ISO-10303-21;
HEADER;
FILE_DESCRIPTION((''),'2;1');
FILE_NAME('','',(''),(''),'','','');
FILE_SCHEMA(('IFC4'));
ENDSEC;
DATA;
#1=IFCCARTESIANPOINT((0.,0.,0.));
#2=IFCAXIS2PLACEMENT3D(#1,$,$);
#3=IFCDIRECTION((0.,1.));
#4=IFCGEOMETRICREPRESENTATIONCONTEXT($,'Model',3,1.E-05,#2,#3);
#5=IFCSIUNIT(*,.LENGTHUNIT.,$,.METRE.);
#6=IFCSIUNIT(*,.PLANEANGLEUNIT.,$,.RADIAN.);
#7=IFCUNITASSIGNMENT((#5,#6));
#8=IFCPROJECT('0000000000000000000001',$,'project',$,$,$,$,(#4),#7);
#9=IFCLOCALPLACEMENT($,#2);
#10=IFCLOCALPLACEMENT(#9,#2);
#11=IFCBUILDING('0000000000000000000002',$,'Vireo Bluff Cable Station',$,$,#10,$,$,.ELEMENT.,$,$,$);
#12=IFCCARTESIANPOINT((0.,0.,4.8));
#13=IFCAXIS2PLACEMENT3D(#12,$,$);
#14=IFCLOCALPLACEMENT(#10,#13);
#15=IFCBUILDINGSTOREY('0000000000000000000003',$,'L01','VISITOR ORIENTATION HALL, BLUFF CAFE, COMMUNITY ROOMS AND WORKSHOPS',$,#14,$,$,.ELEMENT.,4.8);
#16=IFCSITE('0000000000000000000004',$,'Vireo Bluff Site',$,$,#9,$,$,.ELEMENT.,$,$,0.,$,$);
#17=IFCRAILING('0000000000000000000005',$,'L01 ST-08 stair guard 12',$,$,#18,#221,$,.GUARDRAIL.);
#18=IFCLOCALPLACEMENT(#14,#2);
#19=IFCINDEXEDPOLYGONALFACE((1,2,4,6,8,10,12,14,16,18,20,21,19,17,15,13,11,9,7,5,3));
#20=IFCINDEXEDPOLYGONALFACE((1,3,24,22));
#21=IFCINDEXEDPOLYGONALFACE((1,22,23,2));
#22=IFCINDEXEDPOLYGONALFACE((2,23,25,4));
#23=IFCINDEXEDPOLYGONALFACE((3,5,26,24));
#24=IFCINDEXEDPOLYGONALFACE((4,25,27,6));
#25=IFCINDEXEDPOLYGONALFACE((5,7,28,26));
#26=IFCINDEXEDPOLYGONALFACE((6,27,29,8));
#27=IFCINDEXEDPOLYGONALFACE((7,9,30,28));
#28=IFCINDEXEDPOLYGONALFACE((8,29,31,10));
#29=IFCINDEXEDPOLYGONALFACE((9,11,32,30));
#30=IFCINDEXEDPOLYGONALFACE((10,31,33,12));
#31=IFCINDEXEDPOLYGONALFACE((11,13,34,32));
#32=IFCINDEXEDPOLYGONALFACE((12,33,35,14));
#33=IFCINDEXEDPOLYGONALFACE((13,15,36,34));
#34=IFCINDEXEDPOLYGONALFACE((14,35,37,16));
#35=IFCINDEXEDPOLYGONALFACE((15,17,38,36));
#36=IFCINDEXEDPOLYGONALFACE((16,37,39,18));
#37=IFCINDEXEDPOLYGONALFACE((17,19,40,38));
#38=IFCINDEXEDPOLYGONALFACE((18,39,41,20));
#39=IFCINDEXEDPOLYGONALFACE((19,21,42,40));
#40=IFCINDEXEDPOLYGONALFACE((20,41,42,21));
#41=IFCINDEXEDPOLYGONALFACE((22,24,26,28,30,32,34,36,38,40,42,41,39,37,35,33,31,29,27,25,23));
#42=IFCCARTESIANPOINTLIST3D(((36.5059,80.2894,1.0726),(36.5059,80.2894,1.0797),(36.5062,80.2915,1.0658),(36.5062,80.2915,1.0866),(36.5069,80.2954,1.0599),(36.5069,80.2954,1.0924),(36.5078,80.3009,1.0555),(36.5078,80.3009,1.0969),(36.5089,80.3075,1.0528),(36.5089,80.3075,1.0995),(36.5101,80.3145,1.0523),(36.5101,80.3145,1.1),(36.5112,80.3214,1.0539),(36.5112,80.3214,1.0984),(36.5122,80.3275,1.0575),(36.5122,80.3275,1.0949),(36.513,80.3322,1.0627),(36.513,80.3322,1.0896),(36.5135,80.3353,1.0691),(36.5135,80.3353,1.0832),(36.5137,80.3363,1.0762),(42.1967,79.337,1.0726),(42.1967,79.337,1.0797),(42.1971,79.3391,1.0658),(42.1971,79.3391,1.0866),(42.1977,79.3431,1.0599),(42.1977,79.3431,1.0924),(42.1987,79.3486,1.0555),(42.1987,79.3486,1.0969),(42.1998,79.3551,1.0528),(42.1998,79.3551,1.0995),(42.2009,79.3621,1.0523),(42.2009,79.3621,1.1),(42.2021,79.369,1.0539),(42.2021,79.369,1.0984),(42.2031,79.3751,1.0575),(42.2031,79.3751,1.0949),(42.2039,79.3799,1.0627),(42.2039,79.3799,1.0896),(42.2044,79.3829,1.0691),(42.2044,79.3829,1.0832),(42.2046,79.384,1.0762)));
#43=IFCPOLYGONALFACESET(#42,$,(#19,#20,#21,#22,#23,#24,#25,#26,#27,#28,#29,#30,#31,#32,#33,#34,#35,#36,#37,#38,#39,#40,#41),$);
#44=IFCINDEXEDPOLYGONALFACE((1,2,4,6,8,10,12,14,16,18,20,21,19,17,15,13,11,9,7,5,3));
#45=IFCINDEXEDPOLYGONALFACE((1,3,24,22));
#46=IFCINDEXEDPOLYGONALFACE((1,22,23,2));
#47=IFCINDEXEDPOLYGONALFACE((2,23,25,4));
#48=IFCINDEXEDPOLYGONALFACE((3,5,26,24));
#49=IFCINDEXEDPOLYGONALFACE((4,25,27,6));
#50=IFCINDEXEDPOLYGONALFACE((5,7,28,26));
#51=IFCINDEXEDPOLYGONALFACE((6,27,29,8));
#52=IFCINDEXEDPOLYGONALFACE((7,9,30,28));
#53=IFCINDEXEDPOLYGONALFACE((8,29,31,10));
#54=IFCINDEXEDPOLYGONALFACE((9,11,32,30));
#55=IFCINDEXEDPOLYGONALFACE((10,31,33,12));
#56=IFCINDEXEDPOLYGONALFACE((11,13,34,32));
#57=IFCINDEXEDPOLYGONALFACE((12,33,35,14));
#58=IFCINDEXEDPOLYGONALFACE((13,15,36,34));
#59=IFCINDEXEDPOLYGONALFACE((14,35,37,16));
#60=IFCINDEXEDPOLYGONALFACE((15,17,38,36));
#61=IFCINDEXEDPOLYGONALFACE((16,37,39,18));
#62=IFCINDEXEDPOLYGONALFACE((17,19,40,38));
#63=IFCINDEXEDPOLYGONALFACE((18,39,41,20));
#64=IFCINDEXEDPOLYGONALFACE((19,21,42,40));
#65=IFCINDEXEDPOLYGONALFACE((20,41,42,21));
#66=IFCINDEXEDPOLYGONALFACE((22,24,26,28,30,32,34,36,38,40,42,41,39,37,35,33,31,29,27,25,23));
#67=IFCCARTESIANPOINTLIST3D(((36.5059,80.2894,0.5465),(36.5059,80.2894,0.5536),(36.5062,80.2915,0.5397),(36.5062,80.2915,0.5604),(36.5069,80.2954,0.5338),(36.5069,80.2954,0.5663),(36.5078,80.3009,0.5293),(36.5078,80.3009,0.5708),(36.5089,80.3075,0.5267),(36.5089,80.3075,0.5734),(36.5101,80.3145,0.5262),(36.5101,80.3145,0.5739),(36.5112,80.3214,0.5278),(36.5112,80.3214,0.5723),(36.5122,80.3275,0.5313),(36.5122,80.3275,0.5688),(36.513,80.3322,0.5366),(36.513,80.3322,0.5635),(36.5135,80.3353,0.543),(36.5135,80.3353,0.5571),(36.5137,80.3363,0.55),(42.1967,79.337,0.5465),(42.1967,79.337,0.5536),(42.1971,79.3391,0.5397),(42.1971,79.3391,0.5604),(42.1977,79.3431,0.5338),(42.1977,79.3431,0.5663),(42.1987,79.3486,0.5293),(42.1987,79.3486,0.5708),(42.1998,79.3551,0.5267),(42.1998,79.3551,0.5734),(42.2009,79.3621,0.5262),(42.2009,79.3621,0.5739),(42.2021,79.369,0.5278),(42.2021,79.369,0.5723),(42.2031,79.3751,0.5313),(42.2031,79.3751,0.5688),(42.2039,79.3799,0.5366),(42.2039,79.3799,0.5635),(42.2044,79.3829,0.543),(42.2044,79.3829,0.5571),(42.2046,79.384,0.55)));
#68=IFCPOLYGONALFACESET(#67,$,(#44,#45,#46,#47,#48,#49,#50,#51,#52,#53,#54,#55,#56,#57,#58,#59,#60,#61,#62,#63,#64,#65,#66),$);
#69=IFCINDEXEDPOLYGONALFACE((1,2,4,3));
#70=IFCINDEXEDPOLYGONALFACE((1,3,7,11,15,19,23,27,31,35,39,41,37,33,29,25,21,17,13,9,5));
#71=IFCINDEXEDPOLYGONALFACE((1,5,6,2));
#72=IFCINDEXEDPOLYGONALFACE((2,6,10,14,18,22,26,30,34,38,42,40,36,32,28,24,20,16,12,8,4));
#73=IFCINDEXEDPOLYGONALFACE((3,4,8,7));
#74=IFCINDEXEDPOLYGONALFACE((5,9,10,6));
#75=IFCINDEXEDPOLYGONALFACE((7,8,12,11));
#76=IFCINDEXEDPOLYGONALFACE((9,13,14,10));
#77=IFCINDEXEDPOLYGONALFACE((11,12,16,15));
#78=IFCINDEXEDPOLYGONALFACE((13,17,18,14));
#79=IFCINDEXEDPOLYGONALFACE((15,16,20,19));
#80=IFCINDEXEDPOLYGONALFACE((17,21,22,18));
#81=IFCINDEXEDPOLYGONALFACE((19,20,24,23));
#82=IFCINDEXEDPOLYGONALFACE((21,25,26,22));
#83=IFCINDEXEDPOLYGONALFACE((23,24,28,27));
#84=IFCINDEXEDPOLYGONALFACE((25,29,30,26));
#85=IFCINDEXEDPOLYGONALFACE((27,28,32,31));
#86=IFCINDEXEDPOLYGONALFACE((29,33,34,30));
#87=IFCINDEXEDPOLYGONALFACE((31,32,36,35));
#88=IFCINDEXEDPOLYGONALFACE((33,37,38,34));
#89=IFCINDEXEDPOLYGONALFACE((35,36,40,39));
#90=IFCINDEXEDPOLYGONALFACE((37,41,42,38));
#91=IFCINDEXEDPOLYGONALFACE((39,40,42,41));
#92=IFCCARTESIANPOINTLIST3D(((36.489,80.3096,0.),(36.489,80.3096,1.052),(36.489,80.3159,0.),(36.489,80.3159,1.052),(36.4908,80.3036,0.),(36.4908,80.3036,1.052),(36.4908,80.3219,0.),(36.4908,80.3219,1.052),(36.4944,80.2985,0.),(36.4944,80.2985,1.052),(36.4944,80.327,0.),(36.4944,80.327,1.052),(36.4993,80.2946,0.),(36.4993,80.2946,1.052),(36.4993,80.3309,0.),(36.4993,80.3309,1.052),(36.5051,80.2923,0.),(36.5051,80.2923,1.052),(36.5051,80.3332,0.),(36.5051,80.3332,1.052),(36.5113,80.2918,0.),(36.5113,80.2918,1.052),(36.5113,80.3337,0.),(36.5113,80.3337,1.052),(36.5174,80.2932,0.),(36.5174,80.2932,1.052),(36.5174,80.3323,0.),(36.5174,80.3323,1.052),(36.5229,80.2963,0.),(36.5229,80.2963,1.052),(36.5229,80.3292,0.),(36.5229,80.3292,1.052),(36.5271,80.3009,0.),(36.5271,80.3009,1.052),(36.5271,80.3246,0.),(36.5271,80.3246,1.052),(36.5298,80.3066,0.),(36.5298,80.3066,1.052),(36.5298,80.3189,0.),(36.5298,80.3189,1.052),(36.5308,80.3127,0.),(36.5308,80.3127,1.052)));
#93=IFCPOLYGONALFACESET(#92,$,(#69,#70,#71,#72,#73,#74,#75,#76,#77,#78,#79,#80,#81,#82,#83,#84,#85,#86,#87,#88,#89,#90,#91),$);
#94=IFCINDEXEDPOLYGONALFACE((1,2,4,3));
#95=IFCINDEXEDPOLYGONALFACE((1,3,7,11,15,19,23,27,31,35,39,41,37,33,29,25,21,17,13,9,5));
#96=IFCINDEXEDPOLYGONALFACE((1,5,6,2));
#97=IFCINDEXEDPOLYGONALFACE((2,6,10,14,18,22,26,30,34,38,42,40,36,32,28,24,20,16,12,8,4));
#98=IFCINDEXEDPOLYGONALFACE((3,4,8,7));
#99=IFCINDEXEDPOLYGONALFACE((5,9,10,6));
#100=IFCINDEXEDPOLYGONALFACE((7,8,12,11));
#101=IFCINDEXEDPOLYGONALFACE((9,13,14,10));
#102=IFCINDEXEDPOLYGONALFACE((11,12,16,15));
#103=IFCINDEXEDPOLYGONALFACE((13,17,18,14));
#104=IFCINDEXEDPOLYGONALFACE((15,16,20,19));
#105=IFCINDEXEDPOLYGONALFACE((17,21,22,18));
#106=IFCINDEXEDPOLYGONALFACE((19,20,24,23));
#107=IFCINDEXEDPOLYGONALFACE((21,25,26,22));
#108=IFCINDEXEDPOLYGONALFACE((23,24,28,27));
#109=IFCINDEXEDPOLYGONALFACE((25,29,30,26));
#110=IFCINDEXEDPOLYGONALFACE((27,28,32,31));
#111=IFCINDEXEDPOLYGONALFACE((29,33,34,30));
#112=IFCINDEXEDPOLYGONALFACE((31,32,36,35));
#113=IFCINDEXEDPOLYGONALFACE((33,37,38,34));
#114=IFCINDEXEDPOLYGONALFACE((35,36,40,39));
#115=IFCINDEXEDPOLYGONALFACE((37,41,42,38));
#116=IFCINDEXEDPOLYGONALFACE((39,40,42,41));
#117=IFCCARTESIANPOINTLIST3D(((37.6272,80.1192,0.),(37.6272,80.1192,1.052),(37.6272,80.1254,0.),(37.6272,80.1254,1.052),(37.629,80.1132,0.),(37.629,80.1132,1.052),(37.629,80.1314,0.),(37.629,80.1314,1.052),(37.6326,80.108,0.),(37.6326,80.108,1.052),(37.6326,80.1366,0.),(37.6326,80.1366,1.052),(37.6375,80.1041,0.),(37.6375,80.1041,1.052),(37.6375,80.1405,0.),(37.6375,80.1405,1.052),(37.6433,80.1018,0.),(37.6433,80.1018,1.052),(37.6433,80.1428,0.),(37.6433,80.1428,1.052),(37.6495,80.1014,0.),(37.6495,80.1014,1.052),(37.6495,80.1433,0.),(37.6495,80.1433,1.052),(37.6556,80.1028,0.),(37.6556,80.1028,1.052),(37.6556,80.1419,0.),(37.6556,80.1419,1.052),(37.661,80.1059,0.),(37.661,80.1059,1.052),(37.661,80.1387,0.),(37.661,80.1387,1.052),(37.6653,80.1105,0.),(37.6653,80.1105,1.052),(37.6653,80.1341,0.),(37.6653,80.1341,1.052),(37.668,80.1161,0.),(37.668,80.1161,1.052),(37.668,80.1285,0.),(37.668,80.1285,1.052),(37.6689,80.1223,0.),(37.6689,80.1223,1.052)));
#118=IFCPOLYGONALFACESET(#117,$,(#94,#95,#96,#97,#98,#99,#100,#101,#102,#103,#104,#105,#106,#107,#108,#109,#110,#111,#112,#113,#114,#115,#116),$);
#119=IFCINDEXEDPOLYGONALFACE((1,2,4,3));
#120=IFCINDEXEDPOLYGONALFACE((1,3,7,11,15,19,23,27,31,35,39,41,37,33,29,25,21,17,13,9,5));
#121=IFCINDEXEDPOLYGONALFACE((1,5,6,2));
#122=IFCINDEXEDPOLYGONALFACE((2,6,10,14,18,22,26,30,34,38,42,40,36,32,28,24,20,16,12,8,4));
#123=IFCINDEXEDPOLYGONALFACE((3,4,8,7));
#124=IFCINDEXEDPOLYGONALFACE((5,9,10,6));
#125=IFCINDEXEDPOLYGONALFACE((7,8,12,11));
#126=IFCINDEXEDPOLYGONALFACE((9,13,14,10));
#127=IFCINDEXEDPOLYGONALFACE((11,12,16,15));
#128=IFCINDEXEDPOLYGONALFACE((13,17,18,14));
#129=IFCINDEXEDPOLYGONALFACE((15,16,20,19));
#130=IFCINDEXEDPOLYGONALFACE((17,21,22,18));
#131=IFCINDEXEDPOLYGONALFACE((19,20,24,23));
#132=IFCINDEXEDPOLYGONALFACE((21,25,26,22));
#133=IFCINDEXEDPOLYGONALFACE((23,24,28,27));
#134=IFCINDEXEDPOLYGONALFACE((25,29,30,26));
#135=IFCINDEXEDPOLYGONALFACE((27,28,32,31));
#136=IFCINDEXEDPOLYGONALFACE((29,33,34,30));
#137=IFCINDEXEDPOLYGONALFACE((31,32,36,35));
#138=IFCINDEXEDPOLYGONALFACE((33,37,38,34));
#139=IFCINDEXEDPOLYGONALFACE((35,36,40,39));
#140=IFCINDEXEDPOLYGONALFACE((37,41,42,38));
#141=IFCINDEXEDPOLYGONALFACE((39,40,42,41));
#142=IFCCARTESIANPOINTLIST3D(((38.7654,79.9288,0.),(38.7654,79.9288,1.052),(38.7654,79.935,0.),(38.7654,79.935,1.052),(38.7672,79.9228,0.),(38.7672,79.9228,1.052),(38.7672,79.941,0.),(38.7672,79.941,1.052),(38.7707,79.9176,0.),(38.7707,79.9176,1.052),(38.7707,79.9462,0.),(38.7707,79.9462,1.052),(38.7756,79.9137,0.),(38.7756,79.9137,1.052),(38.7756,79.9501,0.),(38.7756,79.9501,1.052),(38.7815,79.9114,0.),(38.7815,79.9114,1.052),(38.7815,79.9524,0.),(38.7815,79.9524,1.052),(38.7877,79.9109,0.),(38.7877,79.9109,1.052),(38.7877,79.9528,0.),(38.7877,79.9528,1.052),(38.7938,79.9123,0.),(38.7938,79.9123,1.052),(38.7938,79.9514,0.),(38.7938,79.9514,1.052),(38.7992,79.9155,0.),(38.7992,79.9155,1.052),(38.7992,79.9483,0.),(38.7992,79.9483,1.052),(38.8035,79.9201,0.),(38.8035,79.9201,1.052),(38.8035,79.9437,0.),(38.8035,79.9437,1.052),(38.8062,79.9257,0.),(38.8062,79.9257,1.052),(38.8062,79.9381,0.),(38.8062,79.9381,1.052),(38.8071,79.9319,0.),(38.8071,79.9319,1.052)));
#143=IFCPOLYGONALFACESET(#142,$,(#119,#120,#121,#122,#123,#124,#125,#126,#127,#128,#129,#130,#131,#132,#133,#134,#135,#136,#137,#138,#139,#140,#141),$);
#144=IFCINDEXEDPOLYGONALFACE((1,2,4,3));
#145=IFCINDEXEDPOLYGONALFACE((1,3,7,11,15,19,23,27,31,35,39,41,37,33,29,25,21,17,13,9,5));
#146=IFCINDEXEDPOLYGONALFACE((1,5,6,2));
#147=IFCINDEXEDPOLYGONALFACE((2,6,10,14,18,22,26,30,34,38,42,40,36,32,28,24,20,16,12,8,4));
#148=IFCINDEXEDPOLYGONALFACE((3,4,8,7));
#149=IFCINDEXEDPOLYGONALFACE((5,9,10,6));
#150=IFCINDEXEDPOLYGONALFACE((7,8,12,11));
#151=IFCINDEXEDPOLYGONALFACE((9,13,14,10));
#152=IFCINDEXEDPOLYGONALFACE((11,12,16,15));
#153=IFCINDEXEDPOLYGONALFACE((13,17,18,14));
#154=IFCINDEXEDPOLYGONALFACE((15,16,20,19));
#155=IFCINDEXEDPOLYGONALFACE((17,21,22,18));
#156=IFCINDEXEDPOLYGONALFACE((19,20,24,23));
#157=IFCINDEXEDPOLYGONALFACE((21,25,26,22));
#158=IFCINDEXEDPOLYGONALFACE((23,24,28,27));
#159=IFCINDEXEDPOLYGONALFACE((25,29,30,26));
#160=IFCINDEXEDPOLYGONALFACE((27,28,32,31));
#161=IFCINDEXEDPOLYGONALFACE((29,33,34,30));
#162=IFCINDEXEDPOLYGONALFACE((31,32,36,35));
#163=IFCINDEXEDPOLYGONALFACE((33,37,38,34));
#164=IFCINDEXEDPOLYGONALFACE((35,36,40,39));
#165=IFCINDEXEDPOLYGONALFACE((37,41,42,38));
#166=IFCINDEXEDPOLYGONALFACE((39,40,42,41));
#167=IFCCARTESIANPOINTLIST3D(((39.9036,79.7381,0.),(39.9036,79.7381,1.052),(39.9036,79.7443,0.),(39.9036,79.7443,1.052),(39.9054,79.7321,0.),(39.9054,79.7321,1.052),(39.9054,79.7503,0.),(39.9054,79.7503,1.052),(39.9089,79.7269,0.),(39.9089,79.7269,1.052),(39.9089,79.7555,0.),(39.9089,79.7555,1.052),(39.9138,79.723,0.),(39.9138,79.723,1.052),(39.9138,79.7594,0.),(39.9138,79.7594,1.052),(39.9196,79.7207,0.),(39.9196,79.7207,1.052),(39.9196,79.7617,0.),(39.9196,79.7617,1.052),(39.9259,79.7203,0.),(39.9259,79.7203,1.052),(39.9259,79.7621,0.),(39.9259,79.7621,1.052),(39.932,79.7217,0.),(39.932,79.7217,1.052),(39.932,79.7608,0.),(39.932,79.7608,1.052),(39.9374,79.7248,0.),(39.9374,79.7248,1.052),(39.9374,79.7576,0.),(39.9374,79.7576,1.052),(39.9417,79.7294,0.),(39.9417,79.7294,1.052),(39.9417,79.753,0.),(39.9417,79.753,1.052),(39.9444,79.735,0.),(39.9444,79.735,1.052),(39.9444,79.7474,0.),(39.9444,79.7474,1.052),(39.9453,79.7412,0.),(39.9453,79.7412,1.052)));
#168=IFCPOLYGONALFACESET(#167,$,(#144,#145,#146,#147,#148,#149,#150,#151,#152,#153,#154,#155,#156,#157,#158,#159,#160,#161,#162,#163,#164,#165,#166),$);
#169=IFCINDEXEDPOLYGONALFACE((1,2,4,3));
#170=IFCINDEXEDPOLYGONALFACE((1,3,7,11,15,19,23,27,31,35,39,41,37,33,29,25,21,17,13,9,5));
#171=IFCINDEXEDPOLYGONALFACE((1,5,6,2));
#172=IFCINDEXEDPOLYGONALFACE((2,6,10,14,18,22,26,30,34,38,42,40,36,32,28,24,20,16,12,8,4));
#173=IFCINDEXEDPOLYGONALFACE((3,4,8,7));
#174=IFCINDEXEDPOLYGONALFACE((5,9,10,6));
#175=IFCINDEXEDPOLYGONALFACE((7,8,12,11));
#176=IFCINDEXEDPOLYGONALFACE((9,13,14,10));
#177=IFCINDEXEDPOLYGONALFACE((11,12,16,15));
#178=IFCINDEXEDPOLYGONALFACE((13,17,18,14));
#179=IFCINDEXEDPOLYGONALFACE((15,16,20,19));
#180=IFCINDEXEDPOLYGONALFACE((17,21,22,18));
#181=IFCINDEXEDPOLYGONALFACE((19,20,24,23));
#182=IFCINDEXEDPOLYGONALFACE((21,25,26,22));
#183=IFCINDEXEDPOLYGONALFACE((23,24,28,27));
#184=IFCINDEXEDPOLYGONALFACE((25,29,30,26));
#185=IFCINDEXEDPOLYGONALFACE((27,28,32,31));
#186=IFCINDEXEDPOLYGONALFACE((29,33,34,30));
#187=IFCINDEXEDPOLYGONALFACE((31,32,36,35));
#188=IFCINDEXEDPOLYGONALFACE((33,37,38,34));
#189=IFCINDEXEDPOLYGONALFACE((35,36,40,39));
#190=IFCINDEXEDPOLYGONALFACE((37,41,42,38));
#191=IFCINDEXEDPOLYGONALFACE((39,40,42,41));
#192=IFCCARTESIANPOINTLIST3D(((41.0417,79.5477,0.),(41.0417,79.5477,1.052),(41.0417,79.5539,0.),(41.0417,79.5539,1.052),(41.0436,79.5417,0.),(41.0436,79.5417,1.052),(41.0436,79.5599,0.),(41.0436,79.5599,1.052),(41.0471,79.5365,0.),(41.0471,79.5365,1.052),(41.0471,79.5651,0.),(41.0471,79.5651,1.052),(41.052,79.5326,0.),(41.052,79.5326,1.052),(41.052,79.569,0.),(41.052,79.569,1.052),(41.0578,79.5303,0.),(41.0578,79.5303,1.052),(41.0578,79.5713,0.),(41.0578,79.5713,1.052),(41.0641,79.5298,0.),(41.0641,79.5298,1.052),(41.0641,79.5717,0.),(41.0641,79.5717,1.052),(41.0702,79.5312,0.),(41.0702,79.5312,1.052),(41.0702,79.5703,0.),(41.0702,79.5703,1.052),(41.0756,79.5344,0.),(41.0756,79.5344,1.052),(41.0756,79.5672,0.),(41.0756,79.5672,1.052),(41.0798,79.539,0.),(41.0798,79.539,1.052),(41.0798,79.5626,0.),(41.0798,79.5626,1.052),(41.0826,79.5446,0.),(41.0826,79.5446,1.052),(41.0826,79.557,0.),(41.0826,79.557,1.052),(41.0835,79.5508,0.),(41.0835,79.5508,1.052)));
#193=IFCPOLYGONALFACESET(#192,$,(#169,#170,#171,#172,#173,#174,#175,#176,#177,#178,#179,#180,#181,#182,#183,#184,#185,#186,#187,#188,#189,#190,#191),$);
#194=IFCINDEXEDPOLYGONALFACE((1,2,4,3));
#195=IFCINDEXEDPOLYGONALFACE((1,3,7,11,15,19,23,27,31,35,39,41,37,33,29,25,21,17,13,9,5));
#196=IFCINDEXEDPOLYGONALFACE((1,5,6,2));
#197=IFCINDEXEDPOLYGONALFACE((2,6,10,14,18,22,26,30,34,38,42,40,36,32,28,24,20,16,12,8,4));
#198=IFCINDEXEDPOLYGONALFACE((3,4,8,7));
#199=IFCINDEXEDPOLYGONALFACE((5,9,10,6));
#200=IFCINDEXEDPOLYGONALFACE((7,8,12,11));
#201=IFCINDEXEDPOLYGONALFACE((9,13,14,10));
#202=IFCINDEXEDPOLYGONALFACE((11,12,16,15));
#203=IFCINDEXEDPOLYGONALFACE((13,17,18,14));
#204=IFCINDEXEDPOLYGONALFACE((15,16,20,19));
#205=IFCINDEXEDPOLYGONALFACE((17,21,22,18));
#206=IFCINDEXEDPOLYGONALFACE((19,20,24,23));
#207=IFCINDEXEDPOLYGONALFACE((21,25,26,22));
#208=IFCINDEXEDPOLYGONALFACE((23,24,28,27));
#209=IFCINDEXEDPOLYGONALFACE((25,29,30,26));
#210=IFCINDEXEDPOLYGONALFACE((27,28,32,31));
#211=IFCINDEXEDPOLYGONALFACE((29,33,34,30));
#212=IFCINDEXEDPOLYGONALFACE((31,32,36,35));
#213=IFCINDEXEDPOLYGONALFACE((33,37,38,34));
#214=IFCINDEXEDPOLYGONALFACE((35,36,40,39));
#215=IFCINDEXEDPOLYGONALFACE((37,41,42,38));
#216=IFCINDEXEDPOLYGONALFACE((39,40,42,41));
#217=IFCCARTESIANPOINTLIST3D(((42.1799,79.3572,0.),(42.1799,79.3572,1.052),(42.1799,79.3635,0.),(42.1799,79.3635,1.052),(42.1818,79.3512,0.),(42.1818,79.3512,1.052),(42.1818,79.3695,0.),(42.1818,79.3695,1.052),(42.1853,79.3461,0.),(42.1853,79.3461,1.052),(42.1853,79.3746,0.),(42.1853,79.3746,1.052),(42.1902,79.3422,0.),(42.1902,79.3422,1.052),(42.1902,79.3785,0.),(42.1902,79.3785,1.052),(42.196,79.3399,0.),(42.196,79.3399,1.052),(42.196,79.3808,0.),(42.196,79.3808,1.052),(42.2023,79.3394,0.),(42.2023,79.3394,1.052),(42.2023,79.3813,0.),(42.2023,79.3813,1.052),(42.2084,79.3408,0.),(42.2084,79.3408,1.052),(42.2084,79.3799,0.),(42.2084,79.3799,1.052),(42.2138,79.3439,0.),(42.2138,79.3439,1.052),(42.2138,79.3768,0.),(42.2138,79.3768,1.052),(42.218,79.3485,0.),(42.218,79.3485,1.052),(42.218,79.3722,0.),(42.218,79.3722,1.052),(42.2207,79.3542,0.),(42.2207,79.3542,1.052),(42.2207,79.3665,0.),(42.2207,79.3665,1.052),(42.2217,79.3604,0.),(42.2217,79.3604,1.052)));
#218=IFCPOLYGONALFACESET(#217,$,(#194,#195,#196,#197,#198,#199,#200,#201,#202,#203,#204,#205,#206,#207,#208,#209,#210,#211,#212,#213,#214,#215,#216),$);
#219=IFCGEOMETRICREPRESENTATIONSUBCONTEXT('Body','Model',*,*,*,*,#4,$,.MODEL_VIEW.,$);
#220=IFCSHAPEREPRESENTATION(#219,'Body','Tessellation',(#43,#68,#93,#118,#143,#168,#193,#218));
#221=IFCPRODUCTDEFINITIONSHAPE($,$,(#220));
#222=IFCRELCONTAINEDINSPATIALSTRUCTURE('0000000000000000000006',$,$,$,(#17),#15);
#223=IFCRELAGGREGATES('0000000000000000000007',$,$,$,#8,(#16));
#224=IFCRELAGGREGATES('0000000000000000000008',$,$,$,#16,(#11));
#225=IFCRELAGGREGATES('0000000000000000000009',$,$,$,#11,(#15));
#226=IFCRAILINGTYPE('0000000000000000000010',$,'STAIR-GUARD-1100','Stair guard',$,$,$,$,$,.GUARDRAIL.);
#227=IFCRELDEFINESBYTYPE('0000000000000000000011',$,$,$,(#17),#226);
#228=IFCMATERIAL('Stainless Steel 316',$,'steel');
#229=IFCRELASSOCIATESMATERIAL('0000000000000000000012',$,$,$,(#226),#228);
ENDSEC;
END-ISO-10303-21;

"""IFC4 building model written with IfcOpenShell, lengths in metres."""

from ifc_helpers import new_model, si_unit, direction, frame, origin, origin_2d, place, context, subcontext, project, spatial, circle, extrude, material, type_object, element, save


model = new_model("IFC4")

# Units and contexts
model_context = context("Model", 3, precision=1e-05, world=origin(), true_north=direction((0.0, 1.0)))
body_context = subcontext(model_context, "Body", "Model", "MODEL_VIEW")
ifc_project = project(units=[si_unit("LENGTHUNIT", "METRE"), si_unit("PLANEANGLEUNIT", "RADIAN")], contexts=[model_context])

# Site, building, storey
site_placement = place(None, origin())
site = spatial("IfcSite", under=ifc_project, at=site_placement, Name="Vireo Bluff Site", CompositionType="ELEMENT", RefElevation=0.0)
building_placement = place(site_placement, origin())
building = spatial("IfcBuilding", under=site, at=building_placement, Name="Vireo Bluff Cable Station", CompositionType="ELEMENT")
storey_placement = place(building_placement, frame((0.0, 0.0, 4.8)))
storey = spatial("IfcBuildingStorey", under=building, at=storey_placement, Name="L01", Description="VISITOR ORIENTATION HALL, BLUFF CAFE, COMMUNITY ROOMS AND WORKSHOPS", CompositionType="ELEMENT", Elevation=4.8)

# Railing
ifc_material_1 = material(Name="Stainless Steel 316", Category="steel")
railing_type_1 = type_object("IfcRailingType", Name="STAIR-GUARD-1100", Description="Stair guard", PredefinedType="GUARDRAIL", material=ifc_material_1)
railing_1_placement = place(storey_placement, frame((36.5098, 80.3127, 0.0)))
element("IfcRailing", 1, at=railing_1_placement, inside=storey, type_object=railing_type_1, Name="L01 ST-08 stair guard 12", PredefinedType="GUARDRAIL", context=body_context, shape_type="SweptSolid", body=[
    extrude(circle(Radius=0.0239, at=origin_2d()), frame((0.0, 0.0, 1.0762), z_axis=(0.986284, -0.165058, 0.0), x_axis=(0.165058, 0.986284, 0.0)), (0.0, 0.0, 1.0), 5.77),
    extrude(circle(Radius=0.0239, at=origin_2d()), frame((0.0, 0.0, 0.55), z_axis=(0.986284, -0.165058, 0.0), x_axis=(0.165058, 0.986284, 0.0)), (0.0, 0.0, 1.0), 5.77),
    extrude(circle(Radius=0.021, at=origin_2d()), origin(), (0.0, 0.0, 1.0), 1.052),
    extrude(circle(Radius=0.021, at=origin_2d()), frame((1.1382, -0.1904, 0.0)), (0.0, 0.0, 1.0), 1.052),
    extrude(circle(Radius=0.021, at=origin_2d()), frame((2.2764, -0.3809, 0.0)), (0.0, 0.0, 1.0), 1.052),
    extrude(circle(Radius=0.021, at=origin_2d()), frame((3.4146, -0.5715, 0.0)), (0.0, 0.0, 1.0), 1.052),
    extrude(circle(Radius=0.021, at=origin_2d()), frame((4.5527, -0.762, 0.0)), (0.0, 0.0, 1.0), 1.052),
    extrude(circle(Radius=0.021, at=origin_2d()), frame((5.6909, -0.9524, 0.0)), (0.0, 0.0, 1.0), 1.052),
])

save(model, "model.ifc")
